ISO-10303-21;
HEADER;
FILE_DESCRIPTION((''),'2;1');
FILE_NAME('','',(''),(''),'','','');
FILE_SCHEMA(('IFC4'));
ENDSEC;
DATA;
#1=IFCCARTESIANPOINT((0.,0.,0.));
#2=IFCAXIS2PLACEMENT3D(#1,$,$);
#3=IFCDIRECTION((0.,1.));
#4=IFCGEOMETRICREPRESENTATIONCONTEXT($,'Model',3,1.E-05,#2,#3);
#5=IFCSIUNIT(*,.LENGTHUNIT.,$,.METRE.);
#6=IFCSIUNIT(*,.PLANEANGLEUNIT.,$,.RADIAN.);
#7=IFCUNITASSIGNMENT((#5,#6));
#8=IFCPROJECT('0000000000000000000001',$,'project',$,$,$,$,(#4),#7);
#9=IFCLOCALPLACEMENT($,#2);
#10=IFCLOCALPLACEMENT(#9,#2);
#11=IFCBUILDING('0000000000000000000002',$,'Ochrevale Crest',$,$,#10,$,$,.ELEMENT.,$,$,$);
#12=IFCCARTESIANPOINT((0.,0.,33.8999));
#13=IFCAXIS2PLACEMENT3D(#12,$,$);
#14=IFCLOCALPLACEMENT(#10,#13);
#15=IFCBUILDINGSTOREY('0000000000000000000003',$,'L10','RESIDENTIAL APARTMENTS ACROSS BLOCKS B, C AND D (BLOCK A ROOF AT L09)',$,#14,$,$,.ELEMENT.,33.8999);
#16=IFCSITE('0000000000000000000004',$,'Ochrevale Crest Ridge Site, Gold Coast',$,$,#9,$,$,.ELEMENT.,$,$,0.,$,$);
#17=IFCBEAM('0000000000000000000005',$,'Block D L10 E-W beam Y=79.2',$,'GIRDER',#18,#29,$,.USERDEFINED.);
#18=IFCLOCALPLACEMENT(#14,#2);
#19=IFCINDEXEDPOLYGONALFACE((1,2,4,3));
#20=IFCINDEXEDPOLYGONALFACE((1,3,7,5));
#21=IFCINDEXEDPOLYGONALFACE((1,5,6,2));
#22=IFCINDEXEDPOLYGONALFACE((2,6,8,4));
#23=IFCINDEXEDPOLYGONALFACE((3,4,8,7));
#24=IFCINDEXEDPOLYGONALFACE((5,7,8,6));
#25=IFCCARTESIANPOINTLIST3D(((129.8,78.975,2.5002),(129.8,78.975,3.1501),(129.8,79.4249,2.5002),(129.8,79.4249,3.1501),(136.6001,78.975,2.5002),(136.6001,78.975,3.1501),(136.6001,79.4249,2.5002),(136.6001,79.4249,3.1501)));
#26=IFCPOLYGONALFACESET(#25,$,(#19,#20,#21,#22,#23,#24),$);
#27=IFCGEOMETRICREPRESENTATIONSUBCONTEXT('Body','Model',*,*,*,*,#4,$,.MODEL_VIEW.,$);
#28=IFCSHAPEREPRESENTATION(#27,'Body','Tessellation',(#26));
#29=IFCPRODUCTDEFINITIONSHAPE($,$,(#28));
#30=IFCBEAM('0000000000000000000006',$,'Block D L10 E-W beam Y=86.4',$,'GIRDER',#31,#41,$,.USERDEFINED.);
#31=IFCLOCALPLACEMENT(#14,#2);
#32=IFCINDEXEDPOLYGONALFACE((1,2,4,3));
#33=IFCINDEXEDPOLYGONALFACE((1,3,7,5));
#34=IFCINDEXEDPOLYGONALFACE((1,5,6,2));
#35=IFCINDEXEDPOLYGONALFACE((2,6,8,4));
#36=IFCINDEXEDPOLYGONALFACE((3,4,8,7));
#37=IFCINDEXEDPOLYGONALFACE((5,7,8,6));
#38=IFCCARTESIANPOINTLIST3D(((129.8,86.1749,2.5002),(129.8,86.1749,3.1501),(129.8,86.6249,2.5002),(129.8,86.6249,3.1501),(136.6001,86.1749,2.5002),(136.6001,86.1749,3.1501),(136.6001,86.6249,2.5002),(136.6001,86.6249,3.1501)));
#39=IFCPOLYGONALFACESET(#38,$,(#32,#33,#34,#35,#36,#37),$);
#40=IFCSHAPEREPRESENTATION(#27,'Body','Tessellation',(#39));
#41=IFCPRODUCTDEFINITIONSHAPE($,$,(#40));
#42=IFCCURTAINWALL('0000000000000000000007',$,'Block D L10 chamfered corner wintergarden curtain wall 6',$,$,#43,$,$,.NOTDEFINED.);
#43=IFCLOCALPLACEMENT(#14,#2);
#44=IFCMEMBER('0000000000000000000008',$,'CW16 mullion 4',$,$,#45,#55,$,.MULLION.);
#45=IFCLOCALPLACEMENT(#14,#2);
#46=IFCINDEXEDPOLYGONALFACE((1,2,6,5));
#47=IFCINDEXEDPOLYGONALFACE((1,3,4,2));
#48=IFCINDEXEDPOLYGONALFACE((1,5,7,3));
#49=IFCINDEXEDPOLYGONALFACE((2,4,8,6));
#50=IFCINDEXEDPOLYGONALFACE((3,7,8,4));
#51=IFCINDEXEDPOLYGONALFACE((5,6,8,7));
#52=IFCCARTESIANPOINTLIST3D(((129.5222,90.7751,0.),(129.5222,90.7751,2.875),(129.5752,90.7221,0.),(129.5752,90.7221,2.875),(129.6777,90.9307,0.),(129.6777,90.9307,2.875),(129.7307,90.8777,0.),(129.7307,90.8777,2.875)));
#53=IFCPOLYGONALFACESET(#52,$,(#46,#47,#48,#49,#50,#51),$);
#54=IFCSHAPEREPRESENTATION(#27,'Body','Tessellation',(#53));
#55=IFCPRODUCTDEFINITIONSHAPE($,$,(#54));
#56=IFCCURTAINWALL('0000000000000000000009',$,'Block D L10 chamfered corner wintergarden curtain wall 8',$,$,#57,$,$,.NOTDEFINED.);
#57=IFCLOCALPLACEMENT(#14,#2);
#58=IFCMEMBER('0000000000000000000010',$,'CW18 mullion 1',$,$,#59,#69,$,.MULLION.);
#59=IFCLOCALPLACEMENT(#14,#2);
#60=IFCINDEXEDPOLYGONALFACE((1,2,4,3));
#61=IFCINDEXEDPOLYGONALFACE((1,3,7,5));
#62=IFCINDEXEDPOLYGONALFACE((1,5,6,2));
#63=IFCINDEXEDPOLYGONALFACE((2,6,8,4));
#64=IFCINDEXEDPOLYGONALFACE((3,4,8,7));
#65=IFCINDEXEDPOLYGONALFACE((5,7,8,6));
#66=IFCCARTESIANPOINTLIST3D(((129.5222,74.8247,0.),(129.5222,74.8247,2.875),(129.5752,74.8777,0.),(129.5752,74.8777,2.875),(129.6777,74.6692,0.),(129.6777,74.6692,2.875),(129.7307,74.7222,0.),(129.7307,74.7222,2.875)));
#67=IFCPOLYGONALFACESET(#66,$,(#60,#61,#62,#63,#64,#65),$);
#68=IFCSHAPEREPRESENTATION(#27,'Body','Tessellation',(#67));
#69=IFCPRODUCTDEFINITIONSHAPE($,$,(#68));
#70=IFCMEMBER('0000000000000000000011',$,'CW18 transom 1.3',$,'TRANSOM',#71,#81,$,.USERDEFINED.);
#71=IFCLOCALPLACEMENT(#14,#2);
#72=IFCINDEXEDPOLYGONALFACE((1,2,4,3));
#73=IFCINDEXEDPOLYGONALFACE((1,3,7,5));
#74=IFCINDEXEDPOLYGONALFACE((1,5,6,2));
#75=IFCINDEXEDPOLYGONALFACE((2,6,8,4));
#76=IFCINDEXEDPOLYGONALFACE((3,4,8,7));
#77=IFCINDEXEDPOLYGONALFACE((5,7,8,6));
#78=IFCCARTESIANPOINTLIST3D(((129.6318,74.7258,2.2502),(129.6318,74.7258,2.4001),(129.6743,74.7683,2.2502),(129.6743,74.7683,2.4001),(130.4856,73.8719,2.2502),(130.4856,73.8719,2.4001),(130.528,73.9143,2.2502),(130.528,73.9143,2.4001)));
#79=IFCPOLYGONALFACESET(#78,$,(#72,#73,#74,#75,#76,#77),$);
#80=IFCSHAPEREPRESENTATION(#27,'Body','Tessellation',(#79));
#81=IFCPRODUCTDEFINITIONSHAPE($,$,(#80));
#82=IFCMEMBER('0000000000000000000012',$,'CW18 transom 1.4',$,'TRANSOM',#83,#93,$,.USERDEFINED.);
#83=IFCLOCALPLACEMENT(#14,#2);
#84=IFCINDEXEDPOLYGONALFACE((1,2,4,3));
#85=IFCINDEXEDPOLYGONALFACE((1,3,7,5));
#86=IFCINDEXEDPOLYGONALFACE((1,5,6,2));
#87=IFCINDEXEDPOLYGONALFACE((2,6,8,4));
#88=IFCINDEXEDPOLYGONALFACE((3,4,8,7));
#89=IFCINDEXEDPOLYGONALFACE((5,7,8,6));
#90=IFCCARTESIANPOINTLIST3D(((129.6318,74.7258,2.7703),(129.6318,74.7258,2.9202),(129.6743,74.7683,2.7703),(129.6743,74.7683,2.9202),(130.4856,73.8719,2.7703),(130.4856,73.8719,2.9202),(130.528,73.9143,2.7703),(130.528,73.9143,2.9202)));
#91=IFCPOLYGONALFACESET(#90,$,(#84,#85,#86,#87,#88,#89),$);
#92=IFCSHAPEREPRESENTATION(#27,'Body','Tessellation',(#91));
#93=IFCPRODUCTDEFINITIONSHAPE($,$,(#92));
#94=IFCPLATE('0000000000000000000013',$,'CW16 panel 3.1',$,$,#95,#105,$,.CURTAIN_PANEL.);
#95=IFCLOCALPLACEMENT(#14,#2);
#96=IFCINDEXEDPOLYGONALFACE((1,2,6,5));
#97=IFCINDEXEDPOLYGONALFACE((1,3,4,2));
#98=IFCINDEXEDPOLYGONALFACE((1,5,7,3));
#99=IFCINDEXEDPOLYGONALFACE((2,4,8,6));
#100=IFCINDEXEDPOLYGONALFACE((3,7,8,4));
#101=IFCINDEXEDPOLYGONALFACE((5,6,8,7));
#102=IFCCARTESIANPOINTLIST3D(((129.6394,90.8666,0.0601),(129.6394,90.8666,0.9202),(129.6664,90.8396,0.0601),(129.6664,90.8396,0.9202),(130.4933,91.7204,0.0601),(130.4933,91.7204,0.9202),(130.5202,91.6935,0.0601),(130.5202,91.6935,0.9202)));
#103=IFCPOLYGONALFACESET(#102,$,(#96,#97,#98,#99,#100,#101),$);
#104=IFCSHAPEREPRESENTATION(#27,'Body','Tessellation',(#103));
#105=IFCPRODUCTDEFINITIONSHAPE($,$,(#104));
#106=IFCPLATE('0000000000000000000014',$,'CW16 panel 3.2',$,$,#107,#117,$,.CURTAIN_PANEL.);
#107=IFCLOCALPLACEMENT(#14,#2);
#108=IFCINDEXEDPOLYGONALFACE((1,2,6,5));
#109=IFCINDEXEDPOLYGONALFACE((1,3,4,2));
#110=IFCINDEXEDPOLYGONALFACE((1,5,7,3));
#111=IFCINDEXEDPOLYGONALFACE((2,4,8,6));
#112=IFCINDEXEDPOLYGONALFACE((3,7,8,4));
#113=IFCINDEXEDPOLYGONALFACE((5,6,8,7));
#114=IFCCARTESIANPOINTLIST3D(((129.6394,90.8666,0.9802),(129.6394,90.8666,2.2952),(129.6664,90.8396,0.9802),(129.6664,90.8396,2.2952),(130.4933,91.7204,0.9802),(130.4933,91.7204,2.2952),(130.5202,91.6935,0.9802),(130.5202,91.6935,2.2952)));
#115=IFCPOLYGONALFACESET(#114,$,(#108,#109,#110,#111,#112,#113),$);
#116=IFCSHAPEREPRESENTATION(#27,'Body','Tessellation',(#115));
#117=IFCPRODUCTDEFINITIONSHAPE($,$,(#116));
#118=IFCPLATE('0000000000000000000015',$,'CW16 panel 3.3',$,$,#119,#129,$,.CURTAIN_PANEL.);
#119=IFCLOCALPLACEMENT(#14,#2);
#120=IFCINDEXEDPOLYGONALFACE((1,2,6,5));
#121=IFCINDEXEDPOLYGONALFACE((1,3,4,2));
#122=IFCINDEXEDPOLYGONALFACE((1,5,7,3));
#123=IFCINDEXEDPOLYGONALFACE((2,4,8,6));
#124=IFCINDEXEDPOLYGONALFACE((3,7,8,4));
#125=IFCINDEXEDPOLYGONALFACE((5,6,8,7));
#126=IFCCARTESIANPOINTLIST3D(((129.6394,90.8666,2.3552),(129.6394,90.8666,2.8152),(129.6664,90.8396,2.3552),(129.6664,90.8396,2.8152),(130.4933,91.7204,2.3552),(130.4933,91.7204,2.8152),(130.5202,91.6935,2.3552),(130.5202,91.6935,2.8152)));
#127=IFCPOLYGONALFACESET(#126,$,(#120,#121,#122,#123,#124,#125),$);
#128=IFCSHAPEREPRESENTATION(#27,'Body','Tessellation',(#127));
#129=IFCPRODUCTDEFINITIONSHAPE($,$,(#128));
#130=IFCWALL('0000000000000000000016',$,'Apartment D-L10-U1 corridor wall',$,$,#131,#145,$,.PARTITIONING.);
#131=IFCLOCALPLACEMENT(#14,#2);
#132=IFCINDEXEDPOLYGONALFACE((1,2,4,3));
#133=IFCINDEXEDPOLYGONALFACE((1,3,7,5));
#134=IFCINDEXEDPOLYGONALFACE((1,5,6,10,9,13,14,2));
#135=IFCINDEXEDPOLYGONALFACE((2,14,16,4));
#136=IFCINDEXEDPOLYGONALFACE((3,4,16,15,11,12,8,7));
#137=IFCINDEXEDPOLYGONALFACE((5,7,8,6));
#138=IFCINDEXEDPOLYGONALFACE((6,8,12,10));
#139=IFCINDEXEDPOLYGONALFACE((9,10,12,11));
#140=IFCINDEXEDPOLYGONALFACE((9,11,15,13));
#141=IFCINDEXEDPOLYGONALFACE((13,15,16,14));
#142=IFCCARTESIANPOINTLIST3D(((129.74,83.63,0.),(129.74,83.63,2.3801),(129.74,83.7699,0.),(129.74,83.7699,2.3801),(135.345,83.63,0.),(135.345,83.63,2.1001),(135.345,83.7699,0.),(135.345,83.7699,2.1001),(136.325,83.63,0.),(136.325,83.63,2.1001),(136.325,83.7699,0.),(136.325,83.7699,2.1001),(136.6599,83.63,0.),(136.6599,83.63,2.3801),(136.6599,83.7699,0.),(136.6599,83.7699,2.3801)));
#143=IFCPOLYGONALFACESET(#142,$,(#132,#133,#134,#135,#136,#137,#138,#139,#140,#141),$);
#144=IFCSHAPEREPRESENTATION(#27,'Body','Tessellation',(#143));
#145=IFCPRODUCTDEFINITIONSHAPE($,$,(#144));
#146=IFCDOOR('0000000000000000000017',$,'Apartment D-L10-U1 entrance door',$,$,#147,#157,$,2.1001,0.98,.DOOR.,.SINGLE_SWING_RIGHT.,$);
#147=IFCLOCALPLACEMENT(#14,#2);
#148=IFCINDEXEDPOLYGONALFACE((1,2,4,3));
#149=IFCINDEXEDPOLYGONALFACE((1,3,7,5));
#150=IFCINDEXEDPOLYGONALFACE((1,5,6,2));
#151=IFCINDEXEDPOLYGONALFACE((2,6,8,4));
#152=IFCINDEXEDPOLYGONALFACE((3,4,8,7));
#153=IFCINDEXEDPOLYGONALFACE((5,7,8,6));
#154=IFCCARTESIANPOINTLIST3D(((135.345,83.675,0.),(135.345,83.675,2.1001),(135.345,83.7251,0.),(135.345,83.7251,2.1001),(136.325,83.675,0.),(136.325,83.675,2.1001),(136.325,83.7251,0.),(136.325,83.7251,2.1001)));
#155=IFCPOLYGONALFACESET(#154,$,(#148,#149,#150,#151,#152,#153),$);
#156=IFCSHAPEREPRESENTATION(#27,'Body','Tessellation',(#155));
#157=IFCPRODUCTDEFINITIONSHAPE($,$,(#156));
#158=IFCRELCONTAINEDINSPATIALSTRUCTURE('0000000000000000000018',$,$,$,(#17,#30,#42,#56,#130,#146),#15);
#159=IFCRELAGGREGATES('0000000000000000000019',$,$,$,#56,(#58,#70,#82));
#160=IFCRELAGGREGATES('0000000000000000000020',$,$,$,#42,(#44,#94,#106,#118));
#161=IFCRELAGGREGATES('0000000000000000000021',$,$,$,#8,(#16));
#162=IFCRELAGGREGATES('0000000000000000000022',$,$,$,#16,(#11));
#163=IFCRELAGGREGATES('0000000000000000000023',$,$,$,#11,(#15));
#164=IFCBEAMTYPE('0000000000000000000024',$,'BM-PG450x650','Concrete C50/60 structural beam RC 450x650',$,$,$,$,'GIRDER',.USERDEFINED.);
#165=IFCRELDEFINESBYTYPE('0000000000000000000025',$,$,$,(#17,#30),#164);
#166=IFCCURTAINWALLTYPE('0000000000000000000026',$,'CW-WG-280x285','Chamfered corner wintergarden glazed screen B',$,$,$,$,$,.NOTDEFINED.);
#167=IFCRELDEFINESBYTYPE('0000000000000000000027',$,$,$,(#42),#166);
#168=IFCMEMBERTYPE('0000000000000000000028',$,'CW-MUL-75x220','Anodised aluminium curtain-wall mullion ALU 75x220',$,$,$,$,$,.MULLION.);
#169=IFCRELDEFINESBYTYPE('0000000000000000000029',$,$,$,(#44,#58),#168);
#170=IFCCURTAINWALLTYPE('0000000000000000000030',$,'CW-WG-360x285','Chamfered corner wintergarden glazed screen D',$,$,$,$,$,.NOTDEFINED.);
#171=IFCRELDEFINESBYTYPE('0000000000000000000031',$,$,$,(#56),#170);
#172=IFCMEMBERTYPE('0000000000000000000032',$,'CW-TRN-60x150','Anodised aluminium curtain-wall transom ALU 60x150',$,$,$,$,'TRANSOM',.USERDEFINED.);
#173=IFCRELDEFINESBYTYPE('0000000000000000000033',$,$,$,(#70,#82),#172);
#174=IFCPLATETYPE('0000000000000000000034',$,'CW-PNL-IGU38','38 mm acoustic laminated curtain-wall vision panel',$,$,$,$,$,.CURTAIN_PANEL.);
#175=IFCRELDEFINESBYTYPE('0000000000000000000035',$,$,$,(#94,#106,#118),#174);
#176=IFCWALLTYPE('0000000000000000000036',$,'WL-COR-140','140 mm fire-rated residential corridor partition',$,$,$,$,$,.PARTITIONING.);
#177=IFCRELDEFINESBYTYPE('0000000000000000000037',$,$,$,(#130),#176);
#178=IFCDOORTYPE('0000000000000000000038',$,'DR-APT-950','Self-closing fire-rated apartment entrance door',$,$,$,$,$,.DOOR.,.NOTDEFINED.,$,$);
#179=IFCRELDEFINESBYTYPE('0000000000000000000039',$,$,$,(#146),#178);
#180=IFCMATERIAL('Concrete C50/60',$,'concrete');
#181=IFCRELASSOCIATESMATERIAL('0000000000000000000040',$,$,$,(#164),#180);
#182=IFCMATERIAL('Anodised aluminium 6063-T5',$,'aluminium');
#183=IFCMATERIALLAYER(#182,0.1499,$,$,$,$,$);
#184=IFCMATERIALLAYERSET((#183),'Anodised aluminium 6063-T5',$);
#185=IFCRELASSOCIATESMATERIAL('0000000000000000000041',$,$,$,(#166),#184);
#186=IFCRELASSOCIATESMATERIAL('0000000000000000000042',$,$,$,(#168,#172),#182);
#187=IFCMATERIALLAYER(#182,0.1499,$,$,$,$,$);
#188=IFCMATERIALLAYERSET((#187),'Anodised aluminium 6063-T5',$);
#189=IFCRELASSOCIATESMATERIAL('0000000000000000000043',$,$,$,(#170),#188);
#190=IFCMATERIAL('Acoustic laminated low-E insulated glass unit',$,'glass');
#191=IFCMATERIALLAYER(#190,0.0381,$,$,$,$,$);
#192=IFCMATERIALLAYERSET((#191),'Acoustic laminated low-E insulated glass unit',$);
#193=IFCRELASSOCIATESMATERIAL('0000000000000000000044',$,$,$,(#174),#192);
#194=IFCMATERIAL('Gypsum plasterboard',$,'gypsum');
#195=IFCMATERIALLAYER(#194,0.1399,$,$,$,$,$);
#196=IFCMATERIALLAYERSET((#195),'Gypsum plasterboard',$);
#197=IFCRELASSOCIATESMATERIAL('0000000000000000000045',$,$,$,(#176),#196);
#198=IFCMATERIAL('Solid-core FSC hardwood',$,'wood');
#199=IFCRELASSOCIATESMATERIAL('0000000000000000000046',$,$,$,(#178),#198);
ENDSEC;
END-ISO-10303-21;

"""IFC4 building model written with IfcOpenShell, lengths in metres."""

from ifc_helpers import new_model, si_unit, direction, frame, frame_2d, origin, origin_2d, place, context, subcontext, project, spatial, rectangle, extrude, material, layer, layer_set, material_profile, profile_set, type_object, element, fill, aggregate, save


model = new_model("IFC4")

# Units and contexts
model_context = context("Model", 3, precision=1e-05, world=origin(), true_north=direction((0.0, 1.0)))
body_context = subcontext(model_context, "Body", "Model", "MODEL_VIEW")
ifc_project = project(units=[si_unit("LENGTHUNIT", "METRE"), si_unit("PLANEANGLEUNIT", "RADIAN")], contexts=[model_context])

# Site, building, storey
site_placement = place(None, origin())
site = spatial("IfcSite", under=ifc_project, at=site_placement, Name="Ochrevale Crest Ridge Site, Gold Coast", CompositionType="ELEMENT", RefElevation=0.0)
building_placement = place(site_placement, origin())
building = spatial("IfcBuilding", under=site, at=building_placement, Name="Ochrevale Crest", CompositionType="ELEMENT")
storey_placement = place(building_placement, frame((0.0, 0.0, 33.8999)))
storey = spatial("IfcBuildingStorey", under=building, at=storey_placement, Name="L10", Description="RESIDENTIAL APARTMENTS ACROSS BLOCKS B, C AND D (BLOCK A ROOF AT L09)", CompositionType="ELEMENT", Elevation=33.8999)

# Beams
ifc_material_1 = material(Name="Concrete C50/60", Category="concrete")
ifc_material_profile_1 = material_profile(ifc_material_1, rectangle(XDim=0.45, YDim=0.6499, at=origin_2d()), Name="RC 450x650")
ifc_profile_set_1 = profile_set([ifc_material_profile_1], Name="Concrete C50/60")
beam_type = type_object("IfcBeamType", Name="BM-PG450x650", Description="Concrete C50/60 structural beam RC 450x650", ElementType="GIRDER", PredefinedType="USERDEFINED", material=ifc_profile_set_1)
for number, where, z_axis, x_axis, name in (
    (1, (129.8, 79.2, 2.8252), (1.0, 0.0, 0.0), (0.0, 1.0, 0.0), "Block D L10 E-W beam Y=79.2"),
    (2, (129.8, 86.3999, 2.8252), (1.0, 0.0, 0.0), (0.0, 1.0, 0.0), "Block D L10 E-W beam Y=86.4"),
):
    element("IfcBeam", number, at=place(storey_placement, frame(where, z_axis=z_axis, x_axis=x_axis)), inside=storey, type_object=beam_type, Name=name, ObjectType="GIRDER", PredefinedType="USERDEFINED", context=body_context, shape_type="SweptSolid", body=[
        extrude(rectangle(XDim=0.45, YDim=0.6499, at=origin_2d()), origin(), (0.0, 0.0, 1.0), 6.8),
    ])

# Curtain wall, member
ifc_material_2 = material(Name="Anodised aluminium 6063-T5", Category="aluminium")
ifc_layer_1 = layer(ifc_material_2, 0.1499)
ifc_layer_set_1 = layer_set([ifc_layer_1], Name="Anodised aluminium 6063-T5")
curtain_wall_type_1 = type_object("IfcCurtainWallType", Name="CW-WG-280x285", Description="Chamfered corner wintergarden glazed screen B", PredefinedType="NOTDEFINED", material=ifc_layer_set_1)
curtain_wall_1_placement = place(storey_placement, origin())
curtain_wall_1 = element("IfcCurtainWall", 3, at=curtain_wall_1_placement, inside=storey, type_object=curtain_wall_type_1, Name="Block D L10 chamfered corner wintergarden curtain wall 6", PredefinedType="NOTDEFINED")
ifc_material_profile_2 = material_profile(ifc_material_2, rectangle(XDim=0.075, YDim=0.22, at=origin_2d()), Name="ALU 75x220")
ifc_profile_set_2 = profile_set([ifc_material_profile_2], Name="Anodised aluminium 6063-T5")
member_type_1 = type_object("IfcMemberType", Name="CW-MUL-75x220", Description="Anodised aluminium curtain-wall mullion ALU 75x220", PredefinedType="MULLION", material=ifc_profile_set_2)
member_1_placement = place(storey_placement, frame((129.6265, 90.8264, 0.0), z_axis=(0.0, 0.0, 1.0), x_axis=(0.707107, -0.707107, 0.0)))
member_1 = element("IfcMember", 4, at=member_1_placement, type_object=member_type_1, Name="CW16 mullion 4", PredefinedType="MULLION", context=body_context, shape_type="SweptSolid", body=[
    extrude(rectangle(XDim=0.075, YDim=0.22, at=origin_2d()), origin(), (0.0, 0.0, 1.0), 2.875),
])

# Curtain wall, members
ifc_layer_2 = layer(ifc_material_2, 0.1499)
ifc_layer_set_2 = layer_set([ifc_layer_2], Name="Anodised aluminium 6063-T5")
curtain_wall_type_2 = type_object("IfcCurtainWallType", Name="CW-WG-360x285", Description="Chamfered corner wintergarden glazed screen D", PredefinedType="NOTDEFINED", material=ifc_layer_set_2)
curtain_wall_2_placement = place(storey_placement, origin())
curtain_wall_2 = element("IfcCurtainWall", 5, at=curtain_wall_2_placement, inside=storey, type_object=curtain_wall_type_2, Name="Block D L10 chamfered corner wintergarden curtain wall 8", PredefinedType="NOTDEFINED")
member_2_placement = place(storey_placement, frame((129.6265, 74.7734, 0.0), z_axis=(0.0, 0.0, 1.0), x_axis=(0.707107, 0.707107, 0.0)))
member_2 = element("IfcMember", 6, at=member_2_placement, type_object=member_type_1, Name="CW18 mullion 1", PredefinedType="MULLION", context=body_context, shape_type="SweptSolid", body=[
    extrude(rectangle(XDim=0.075, YDim=0.22, at=origin_2d()), origin(), (0.0, 0.0, 1.0), 2.875),
])
ifc_material_profile_3 = material_profile(ifc_material_2, rectangle(XDim=0.0601, YDim=0.1499, at=origin_2d()), Name="ALU 60x150")
ifc_profile_set_3 = profile_set([ifc_material_profile_3], Name="Anodised aluminium 6063-T5")
member_type_2 = type_object("IfcMemberType", Name="CW-TRN-60x150", Description="Anodised aluminium curtain-wall transom ALU 60x150", ElementType="TRANSOM", PredefinedType="USERDEFINED", material=ifc_profile_set_3)
member_3_placement = place(storey_placement, frame((129.6531, 74.7471, 2.3252), z_axis=(0.707006, -0.707208, 0.0), x_axis=(0.707208, 0.707006, 0.0)))
member_3 = element("IfcMember", 7, at=member_3_placement, type_object=member_type_2, Name="CW18 transom 1.3", ObjectType="TRANSOM", PredefinedType="USERDEFINED", context=body_context, shape_type="SweptSolid", body=[
    extrude(rectangle(XDim=0.0601, YDim=0.1499, at=origin_2d()), origin(), (0.0, 0.0, 1.0), 1.2075),
])
member_4_placement = place(storey_placement, frame((129.6531, 74.7471, 2.8452), z_axis=(0.707006, -0.707208, 0.0), x_axis=(0.707208, 0.707006, 0.0)))
member_4 = element("IfcMember", 8, at=member_4_placement, type_object=member_type_2, Name="CW18 transom 1.4", ObjectType="TRANSOM", PredefinedType="USERDEFINED", context=body_context, shape_type="SweptSolid", body=[
    extrude(rectangle(XDim=0.0601, YDim=0.1499, at=origin_2d()), origin(), (0.0, 0.0, 1.0), 1.2075),
])
aggregate(curtain_wall_2, [member_2, member_3, member_4])

# Plates
ifc_material_3 = material(Name="Acoustic laminated low-E insulated glass unit", Category="glass")
ifc_layer_3 = layer(ifc_material_3, 0.0381)
ifc_layer_set_3 = layer_set([ifc_layer_3], Name="Acoustic laminated low-E insulated glass unit")
plate_type = type_object("IfcPlateType", Name="CW-PNL-IGU38", Description="38 mm acoustic laminated curtain-wall vision panel", PredefinedType="CURTAIN_PANEL", material=ifc_layer_set_3)
plate_1_placement = place(storey_placement, frame((130.0798, 91.28, 0.0601), z_axis=(0.0, 0.0, 1.0), x_axis=(-0.707107, -0.707107, 0.0)))
plate_1 = element("IfcPlate", 9, at=plate_1_placement, type_object=plate_type, Name="CW16 panel 3.1", PredefinedType="CURTAIN_PANEL", context=body_context, shape_type="SweptSolid", body=[
    extrude(rectangle(XDim=1.2075, YDim=0.0381, at=origin_2d()), origin(), (0.0, 0.0, 1.0), 0.8601),
])
plate_2_placement = place(storey_placement, frame((130.0798, 91.28, 0.9802), z_axis=(0.0, 0.0, 1.0), x_axis=(-0.707107, -0.707107, 0.0)))
plate_2 = element("IfcPlate", 10, at=plate_2_placement, type_object=plate_type, Name="CW16 panel 3.2", PredefinedType="CURTAIN_PANEL", context=body_context, shape_type="SweptSolid", body=[
    extrude(rectangle(XDim=1.2075, YDim=0.0381, at=origin_2d()), origin(), (0.0, 0.0, 1.0), 1.3149),
])
plate_3_placement = place(storey_placement, frame((130.0798, 91.28, 2.3552), z_axis=(0.0, 0.0, 1.0), x_axis=(-0.707107, -0.707107, 0.0)))
plate_3 = element("IfcPlate", 11, at=plate_3_placement, type_object=plate_type, Name="CW16 panel 3.3", PredefinedType="CURTAIN_PANEL", context=body_context, shape_type="SweptSolid", body=[
    extrude(rectangle(XDim=1.2075, YDim=0.0381, at=origin_2d()), origin(), (0.0, 0.0, 1.0), 0.46),
])
aggregate(curtain_wall_1, [member_1, plate_1, plate_2, plate_3])

# Wall, opening, door
ifc_material_4 = material(Name="Gypsum plasterboard", Category="gypsum")
ifc_layer_4 = layer(ifc_material_4, 0.1399)
ifc_layer_set_4 = layer_set([ifc_layer_4], Name="Gypsum plasterboard")
wall_type_1 = type_object("IfcWallType", Name="WL-COR-140", Description="140 mm fire-rated residential corridor partition", PredefinedType="PARTITIONING", material=ifc_layer_set_4)
wall_1_placement = place(storey_placement, frame((129.74, 83.7, 0.0), z_axis=(0.0, 0.0, 1.0), x_axis=(1.0, 0.0, 0.0)))
wall_1 = element("IfcWall", 12, at=wall_1_placement, inside=storey, type_object=wall_type_1, Name="Apartment D-L10-U1 corridor wall", PredefinedType="PARTITIONING", context=body_context, shape_type="SweptSolid", body=[
    extrude(rectangle(XDim=6.9199, YDim=0.1399, at=frame_2d((3.46, 0.0))), origin(), (0.0, 0.0, 1.0), 2.3801),
])
opening_1_placement = place(wall_1_placement, frame((6.585, 0.0, 0.0), z_axis=(0.0, 0.0, 1.0), x_axis=(-1.0, 0.0, 0.0)))
opening_1 = element("IfcOpeningElement", 13, at=opening_1_placement, cuts=wall_1, PredefinedType="OPENING", context=body_context, shape_type="SweptSolid", body=[
    extrude(rectangle(XDim=0.98, YDim=2.1001, at=frame_2d((0.49, 1.05))), frame((0.0, 0.0801, 0.0), z_axis=(0.0, -1.0, 0.0), x_axis=(1.0, 0.0, 0.0)), (0.0, 0.0, 1.0), 0.1599),
])
ifc_material_5 = material(Name="Solid-core FSC hardwood", Category="wood")
door_type_1 = type_object("IfcDoorType", Name="DR-APT-950", Description="Self-closing fire-rated apartment entrance door", OperationType="NOTDEFINED", PredefinedType="DOOR", material=ifc_material_5)
door_1_placement = place(opening_1_placement, origin())
door_1 = element("IfcDoor", 14, at=door_1_placement, inside=storey, type_object=door_type_1, Name="Apartment D-L10-U1 entrance door", OperationType="SINGLE_SWING_RIGHT", OverallHeight=2.1001, OverallWidth=0.98, PredefinedType="DOOR", context=body_context, shape_type="SweptSolid", body=[
    extrude(rectangle(XDim=0.98, YDim=2.1001, at=frame_2d((0.49, 1.05))), frame((0.0, 0.0249, 0.0), z_axis=(0.0, -1.0, 0.0), x_axis=(1.0, 0.0, 0.0)), (0.0, 0.0, 1.0), 0.05),
])
fill(opening_1, door_1)

save(model, "model.ifc")
